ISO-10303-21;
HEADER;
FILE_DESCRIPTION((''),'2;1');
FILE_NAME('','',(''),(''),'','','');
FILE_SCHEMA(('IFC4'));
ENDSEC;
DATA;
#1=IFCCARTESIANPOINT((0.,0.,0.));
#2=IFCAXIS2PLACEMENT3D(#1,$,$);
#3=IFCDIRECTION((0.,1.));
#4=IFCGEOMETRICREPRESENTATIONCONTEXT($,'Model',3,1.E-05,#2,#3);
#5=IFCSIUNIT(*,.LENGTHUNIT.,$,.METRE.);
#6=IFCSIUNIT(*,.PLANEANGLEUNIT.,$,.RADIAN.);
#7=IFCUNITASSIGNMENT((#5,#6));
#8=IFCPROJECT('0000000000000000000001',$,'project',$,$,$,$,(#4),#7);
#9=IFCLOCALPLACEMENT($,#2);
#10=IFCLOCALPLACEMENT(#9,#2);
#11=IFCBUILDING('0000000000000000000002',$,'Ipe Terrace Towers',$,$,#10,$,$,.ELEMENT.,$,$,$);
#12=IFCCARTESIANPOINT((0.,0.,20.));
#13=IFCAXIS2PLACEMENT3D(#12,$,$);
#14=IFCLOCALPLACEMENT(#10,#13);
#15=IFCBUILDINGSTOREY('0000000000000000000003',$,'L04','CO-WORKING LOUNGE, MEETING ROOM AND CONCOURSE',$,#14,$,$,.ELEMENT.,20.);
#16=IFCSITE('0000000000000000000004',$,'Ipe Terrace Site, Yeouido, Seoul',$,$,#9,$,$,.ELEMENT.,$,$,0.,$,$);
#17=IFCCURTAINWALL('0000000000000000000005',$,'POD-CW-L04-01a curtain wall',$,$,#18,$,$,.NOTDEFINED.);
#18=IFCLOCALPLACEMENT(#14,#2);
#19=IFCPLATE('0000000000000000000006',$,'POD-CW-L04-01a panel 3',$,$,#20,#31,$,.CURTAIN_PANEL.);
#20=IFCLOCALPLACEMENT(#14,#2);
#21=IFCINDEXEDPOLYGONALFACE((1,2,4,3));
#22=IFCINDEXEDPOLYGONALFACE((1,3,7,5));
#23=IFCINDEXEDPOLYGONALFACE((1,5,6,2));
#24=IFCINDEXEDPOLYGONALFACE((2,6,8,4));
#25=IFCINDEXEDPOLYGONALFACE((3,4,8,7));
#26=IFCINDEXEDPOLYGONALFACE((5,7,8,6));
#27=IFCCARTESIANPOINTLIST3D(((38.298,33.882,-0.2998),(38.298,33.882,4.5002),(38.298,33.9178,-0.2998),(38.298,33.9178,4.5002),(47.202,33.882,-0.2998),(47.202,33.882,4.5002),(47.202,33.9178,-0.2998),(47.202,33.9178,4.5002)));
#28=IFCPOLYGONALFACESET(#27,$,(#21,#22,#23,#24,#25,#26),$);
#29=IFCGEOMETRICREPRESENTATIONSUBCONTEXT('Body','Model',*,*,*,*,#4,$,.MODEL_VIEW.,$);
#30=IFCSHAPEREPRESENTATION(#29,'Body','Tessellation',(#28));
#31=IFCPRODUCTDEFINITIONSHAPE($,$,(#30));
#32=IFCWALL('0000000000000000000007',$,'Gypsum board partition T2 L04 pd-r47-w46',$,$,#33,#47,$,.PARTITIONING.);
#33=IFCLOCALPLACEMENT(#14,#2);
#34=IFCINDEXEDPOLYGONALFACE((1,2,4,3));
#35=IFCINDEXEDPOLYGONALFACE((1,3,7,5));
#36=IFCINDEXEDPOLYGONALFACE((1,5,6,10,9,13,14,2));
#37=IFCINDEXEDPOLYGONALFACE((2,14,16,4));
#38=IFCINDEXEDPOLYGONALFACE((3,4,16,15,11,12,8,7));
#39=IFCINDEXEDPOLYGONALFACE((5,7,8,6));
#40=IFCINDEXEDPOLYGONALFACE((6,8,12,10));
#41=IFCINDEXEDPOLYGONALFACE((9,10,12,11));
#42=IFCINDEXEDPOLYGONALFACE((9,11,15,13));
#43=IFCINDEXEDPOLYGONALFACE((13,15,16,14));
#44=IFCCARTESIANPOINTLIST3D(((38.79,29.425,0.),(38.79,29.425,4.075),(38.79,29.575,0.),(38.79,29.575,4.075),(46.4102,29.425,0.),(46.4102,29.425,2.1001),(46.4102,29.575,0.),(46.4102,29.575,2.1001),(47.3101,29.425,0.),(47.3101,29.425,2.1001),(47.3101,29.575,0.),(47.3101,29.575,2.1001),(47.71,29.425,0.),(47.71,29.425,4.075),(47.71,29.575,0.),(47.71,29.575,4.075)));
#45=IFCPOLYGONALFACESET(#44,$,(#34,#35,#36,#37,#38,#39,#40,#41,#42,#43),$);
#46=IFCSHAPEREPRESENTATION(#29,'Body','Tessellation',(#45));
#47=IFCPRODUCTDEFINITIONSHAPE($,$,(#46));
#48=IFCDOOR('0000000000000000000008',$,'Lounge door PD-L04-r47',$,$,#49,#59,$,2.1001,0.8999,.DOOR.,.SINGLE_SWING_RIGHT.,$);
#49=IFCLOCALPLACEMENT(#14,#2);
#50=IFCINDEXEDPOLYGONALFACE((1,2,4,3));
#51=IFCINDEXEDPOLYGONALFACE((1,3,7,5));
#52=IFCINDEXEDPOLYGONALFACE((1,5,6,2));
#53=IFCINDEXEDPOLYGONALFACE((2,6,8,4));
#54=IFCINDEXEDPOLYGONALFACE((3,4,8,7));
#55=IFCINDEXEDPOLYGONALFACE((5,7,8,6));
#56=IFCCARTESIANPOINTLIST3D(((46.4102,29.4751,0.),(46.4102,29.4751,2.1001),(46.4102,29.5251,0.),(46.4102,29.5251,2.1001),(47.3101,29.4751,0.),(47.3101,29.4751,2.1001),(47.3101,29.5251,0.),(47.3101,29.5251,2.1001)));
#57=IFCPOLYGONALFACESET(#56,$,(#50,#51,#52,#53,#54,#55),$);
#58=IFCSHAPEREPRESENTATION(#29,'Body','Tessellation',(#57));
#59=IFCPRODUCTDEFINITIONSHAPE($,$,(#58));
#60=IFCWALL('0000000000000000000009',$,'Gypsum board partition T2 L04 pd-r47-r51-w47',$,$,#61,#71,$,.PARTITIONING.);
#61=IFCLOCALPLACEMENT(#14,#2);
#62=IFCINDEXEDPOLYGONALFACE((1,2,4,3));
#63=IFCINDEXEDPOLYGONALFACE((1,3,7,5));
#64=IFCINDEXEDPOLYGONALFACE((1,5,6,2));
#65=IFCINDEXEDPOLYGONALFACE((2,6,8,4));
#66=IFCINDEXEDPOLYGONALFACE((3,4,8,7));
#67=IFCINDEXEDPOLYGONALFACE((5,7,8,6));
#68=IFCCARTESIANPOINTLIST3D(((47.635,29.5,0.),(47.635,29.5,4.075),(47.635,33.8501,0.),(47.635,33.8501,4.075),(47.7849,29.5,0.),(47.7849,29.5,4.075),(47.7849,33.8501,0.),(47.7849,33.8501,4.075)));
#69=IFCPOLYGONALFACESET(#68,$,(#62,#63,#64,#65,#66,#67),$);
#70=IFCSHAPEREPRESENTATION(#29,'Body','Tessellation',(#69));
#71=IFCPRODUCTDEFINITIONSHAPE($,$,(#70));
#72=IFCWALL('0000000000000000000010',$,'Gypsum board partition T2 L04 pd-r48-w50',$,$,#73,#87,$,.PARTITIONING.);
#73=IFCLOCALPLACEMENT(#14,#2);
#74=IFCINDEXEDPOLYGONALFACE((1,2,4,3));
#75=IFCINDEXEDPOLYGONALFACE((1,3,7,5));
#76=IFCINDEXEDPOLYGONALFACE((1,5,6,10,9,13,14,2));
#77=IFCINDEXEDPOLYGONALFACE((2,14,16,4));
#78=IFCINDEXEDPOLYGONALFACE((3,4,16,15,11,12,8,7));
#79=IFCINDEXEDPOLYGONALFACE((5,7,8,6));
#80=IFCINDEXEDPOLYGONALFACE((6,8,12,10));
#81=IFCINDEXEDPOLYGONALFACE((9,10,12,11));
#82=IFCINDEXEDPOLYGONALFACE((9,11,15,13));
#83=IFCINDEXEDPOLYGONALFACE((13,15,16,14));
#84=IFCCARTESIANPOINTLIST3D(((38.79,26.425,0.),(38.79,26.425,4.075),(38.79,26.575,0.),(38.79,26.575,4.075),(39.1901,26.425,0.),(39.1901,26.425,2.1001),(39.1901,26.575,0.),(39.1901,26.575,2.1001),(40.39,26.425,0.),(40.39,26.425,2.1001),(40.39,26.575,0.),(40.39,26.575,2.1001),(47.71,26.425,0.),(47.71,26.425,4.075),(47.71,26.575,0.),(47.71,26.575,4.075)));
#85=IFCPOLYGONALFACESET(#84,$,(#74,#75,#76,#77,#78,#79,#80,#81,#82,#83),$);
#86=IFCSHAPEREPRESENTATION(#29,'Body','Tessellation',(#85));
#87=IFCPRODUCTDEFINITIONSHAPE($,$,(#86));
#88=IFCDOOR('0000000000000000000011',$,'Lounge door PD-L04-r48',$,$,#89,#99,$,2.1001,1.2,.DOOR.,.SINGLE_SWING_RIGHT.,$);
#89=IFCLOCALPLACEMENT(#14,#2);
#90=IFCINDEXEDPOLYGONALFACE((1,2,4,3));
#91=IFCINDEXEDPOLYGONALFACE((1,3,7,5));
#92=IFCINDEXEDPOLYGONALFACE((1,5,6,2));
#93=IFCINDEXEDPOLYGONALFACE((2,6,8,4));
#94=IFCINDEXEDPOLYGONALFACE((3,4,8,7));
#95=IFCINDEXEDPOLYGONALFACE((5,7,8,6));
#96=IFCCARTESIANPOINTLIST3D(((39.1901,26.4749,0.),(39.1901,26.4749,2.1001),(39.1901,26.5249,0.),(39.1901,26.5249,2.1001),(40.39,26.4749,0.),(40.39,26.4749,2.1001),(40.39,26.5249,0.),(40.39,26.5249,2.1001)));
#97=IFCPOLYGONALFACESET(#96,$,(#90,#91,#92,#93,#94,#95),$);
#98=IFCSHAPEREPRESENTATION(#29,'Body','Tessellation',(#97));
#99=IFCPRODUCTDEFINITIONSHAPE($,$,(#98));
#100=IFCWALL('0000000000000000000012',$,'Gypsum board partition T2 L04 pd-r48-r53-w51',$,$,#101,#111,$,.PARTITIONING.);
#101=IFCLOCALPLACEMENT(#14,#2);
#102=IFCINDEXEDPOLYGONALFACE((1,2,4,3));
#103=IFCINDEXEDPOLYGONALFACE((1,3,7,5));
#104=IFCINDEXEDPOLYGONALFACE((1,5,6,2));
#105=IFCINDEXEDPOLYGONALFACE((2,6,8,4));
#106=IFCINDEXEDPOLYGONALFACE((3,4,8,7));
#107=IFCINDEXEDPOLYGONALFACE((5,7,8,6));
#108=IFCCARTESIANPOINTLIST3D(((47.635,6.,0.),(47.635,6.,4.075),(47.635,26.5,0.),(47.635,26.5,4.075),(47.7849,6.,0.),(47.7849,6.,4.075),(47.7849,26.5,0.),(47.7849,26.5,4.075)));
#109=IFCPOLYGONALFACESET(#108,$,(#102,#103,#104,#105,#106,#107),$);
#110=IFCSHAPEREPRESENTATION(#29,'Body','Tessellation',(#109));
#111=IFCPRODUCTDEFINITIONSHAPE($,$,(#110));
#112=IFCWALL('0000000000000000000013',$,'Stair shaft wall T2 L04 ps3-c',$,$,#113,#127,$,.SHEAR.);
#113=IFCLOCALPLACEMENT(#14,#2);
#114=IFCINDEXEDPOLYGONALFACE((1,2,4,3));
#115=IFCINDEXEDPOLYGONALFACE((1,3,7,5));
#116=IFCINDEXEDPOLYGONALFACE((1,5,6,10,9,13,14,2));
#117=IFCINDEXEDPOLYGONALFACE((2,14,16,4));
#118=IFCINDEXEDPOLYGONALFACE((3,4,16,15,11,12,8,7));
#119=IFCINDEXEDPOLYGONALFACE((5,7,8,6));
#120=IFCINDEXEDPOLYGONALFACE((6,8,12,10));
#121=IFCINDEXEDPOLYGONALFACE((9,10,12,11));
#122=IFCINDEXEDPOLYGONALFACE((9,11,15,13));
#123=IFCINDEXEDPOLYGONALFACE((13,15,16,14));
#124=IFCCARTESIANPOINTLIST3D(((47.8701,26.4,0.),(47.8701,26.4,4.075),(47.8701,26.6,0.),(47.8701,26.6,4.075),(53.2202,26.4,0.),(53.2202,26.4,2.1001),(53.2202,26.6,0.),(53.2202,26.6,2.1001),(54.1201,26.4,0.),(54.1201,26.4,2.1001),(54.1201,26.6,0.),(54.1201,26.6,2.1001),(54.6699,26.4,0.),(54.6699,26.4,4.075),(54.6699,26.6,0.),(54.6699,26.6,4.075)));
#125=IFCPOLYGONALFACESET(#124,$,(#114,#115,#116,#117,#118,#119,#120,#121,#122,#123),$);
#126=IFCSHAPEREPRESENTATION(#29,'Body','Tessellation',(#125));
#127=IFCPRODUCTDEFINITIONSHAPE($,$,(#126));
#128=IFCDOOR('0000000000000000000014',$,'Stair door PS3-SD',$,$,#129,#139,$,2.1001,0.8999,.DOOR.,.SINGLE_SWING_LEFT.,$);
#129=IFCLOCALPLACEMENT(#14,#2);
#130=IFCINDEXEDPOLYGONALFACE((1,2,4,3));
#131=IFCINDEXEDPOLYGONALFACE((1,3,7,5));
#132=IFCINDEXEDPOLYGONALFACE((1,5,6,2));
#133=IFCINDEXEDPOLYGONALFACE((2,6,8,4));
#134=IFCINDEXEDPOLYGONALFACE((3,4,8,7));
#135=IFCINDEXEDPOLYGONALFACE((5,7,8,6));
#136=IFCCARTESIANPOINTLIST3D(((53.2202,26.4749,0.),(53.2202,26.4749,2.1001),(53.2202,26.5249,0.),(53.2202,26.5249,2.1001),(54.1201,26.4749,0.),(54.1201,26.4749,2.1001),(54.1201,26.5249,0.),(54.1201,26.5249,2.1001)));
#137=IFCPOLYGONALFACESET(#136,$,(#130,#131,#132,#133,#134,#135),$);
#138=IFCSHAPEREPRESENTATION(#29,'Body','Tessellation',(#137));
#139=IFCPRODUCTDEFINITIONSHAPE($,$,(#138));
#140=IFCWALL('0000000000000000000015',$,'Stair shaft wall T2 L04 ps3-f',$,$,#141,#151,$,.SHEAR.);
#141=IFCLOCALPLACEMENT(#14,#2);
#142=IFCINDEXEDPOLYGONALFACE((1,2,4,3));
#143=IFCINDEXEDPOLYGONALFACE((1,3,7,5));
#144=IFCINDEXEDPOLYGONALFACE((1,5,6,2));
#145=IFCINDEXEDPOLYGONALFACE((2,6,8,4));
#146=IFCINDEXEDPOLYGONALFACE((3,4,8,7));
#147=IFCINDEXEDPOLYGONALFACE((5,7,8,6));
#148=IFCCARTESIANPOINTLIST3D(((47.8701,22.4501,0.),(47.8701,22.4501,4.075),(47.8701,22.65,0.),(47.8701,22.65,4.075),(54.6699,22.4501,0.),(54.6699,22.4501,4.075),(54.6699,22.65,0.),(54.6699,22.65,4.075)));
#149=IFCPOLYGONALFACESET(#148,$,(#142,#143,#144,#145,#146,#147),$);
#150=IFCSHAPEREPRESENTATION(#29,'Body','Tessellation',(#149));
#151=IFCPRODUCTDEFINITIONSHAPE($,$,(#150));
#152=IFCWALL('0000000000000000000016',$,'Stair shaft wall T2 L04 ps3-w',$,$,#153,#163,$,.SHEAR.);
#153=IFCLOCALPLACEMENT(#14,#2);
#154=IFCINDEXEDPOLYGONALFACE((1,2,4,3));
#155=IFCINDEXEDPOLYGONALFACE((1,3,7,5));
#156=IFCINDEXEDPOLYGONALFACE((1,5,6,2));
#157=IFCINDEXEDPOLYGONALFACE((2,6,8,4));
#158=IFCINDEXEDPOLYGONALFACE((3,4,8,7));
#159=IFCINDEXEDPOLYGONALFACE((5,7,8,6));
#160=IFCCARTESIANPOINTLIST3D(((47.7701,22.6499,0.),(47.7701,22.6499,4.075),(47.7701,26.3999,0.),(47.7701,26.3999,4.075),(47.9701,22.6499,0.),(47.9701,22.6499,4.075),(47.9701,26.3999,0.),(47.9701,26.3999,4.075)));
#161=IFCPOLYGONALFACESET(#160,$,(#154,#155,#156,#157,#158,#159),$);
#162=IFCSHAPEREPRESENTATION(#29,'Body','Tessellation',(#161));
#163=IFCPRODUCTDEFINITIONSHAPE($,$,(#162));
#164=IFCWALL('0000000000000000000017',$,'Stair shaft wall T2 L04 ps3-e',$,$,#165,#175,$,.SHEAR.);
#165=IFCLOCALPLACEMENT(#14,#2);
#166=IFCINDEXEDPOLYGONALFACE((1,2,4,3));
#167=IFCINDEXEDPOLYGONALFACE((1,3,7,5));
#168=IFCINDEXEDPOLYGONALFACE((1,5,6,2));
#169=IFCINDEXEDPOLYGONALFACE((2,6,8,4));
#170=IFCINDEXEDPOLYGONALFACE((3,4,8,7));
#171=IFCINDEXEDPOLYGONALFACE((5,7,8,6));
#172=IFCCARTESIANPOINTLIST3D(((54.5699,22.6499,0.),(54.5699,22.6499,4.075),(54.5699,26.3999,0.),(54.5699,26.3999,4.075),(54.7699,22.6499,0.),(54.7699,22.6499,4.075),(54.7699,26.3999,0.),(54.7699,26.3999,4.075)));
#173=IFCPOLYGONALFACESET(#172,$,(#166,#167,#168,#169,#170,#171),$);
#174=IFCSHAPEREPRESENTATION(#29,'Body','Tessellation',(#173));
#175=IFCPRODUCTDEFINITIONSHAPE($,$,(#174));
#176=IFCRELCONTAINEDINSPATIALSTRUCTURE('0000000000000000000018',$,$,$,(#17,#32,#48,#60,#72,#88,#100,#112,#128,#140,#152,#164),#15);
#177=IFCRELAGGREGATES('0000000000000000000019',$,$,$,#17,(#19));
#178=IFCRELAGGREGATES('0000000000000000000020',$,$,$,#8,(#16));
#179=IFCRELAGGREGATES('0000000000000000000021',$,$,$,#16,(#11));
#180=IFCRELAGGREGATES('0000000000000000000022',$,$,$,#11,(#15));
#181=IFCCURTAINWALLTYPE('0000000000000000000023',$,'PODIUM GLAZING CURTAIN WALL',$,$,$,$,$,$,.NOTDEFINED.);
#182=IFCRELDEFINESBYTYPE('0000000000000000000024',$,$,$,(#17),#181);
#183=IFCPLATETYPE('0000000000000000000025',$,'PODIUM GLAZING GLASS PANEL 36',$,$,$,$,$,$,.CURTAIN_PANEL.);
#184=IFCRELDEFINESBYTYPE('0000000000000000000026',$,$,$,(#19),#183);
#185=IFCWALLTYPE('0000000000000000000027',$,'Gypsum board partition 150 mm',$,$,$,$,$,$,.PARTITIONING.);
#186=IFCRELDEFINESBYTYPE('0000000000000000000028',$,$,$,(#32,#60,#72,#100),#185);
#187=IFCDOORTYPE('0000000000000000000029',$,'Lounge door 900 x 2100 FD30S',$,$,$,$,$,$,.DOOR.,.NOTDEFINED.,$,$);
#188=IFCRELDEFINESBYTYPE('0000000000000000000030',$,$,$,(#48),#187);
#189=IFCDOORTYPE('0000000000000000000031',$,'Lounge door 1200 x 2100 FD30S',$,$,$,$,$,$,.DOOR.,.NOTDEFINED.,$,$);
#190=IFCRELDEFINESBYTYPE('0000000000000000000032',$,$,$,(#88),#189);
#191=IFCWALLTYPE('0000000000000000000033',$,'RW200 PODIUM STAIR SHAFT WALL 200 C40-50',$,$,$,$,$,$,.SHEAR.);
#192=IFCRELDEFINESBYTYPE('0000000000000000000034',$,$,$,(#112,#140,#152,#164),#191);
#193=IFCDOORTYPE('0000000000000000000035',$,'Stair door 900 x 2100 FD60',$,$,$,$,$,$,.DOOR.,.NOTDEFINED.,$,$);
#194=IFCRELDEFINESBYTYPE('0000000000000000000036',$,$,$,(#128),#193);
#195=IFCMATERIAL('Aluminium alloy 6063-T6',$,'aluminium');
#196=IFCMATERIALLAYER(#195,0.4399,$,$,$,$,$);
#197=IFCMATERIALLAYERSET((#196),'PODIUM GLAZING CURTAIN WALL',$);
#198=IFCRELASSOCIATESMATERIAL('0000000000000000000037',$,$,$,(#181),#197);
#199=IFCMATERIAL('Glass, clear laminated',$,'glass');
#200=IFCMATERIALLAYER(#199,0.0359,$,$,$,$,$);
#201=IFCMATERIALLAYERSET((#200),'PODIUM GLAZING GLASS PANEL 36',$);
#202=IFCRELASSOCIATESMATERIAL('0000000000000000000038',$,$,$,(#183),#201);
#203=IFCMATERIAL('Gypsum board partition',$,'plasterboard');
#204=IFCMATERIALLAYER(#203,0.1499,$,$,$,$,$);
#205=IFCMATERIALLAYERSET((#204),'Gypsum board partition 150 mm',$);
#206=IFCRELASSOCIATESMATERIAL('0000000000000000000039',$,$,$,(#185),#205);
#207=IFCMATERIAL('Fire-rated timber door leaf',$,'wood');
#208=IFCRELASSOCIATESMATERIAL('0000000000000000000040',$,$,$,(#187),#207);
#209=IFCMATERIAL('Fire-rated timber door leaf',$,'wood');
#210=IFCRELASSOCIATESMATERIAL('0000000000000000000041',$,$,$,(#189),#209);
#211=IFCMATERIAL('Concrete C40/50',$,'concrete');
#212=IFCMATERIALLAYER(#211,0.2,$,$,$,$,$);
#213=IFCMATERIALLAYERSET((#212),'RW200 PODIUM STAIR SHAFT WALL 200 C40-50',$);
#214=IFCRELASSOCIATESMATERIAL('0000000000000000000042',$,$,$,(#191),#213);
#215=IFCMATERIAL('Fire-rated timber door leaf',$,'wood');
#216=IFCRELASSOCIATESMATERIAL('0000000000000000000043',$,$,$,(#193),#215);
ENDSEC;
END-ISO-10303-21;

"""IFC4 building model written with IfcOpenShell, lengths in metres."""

from ifc_helpers import new_model, si_unit, direction, frame, frame_2d, origin, origin_2d, place, context, subcontext, project, spatial, rectangle, extrude, material, layer, layer_set, type_object, element, fill, aggregate, save


model = new_model("IFC4")

# Units and contexts
model_context = context("Model", 3, precision=1e-05, world=origin(), true_north=direction((0.0, 1.0)))
body_context = subcontext(model_context, "Body", "Model", "MODEL_VIEW")
ifc_project = project(units=[si_unit("LENGTHUNIT", "METRE"), si_unit("PLANEANGLEUNIT", "RADIAN")], contexts=[model_context])

# Site, building, storey
site_placement = place(None, origin())
site = spatial("IfcSite", under=ifc_project, at=site_placement, Name="Ipe Terrace Site, Yeouido, Seoul", CompositionType="ELEMENT", RefElevation=0.0)
building_placement = place(site_placement, origin())
building = spatial("IfcBuilding", under=site, at=building_placement, Name="Ipe Terrace Towers", CompositionType="ELEMENT")
storey_placement = place(building_placement, frame((0.0, 0.0, 20.0)))
storey = spatial("IfcBuildingStorey", under=building, at=storey_placement, Name="L04", Description="CO-WORKING LOUNGE, MEETING ROOM AND CONCOURSE", CompositionType="ELEMENT", Elevation=20.0)

# Curtain wall, plate
ifc_material_1 = material(Name="Aluminium alloy 6063-T6", Category="aluminium")
ifc_layer_1 = layer(ifc_material_1, 0.4399)
ifc_layer_set_1 = layer_set([ifc_layer_1], Name="PODIUM GLAZING CURTAIN WALL")
curtain_wall_type = type_object("IfcCurtainWallType", Name="PODIUM GLAZING CURTAIN WALL", PredefinedType="NOTDEFINED", material=ifc_layer_set_1)
curtain_wall_placement = place(storey_placement, origin())
curtain_wall = element("IfcCurtainWall", 1, at=curtain_wall_placement, inside=storey, type_object=curtain_wall_type, Name="POD-CW-L04-01a curtain wall", PredefinedType="NOTDEFINED")
ifc_material_2 = material(Name="Glass, clear laminated", Category="glass")
ifc_layer_2 = layer(ifc_material_2, 0.0359)
ifc_layer_set_2 = layer_set([ifc_layer_2], Name="PODIUM GLAZING GLASS PANEL 36")
plate_type = type_object("IfcPlateType", Name="PODIUM GLAZING GLASS PANEL 36", PredefinedType="CURTAIN_PANEL", material=ifc_layer_set_2)
plate_1_placement = place(storey_placement, frame((42.75, 33.8999, -0.2998), z_axis=(0.0, 0.0, 1.0), x_axis=(-1.0, 0.0, 0.0)))
plate_1 = element("IfcPlate", 2, at=plate_1_placement, type_object=plate_type, Name="POD-CW-L04-01a panel 3", PredefinedType="CURTAIN_PANEL", context=body_context, shape_type="SweptSolid", body=[
    extrude(rectangle(XDim=8.9041, YDim=0.0359, at=origin_2d()), origin(), (0.0, 0.0, 1.0), 4.8),
])
aggregate(curtain_wall, [plate_1])

# Wall, opening, door
ifc_material_3 = material(Name="Gypsum board partition", Category="plasterboard")
ifc_layer_3 = layer(ifc_material_3, 0.1499)
ifc_layer_set_3 = layer_set([ifc_layer_3], Name="Gypsum board partition 150 mm")
wall_type_1 = type_object("IfcWallType", Name="Gypsum board partition 150 mm", PredefinedType="PARTITIONING", material=ifc_layer_set_3)
wall_1_placement = place(storey_placement, frame((47.71, 29.5, 0.0), z_axis=(0.0, 0.0, 1.0), x_axis=(-1.0, 0.0, 0.0)))
wall_1 = element("IfcWall", 3, at=wall_1_placement, inside=storey, type_object=wall_type_1, Name="Gypsum board partition T2 L04 pd-r47-w46", PredefinedType="PARTITIONING", context=body_context, shape_type="SweptSolid", body=[
    extrude(rectangle(XDim=8.9199, YDim=0.1499, at=frame_2d((4.46, 0.0))), origin(), (0.0, 0.0, 1.0), 4.075),
])
opening_1_placement = place(wall_1_placement, frame((0.3999, 0.0, 0.0)))
opening_1 = element("IfcOpeningElement", 4, at=opening_1_placement, cuts=wall_1, PredefinedType="OPENING", context=body_context, shape_type="SweptSolid", body=[
    extrude(rectangle(XDim=0.8999, YDim=2.1001, at=frame_2d((0.45, 1.05))), frame((0.0, 0.085, 0.0), z_axis=(0.0, -1.0, 0.0), x_axis=(1.0, 0.0, 0.0)), (0.0, 0.0, 1.0), 0.1699),
])
ifc_material_4 = material(Name="Fire-rated timber door leaf", Category="wood")
door_type_1 = type_object("IfcDoorType", Name="Lounge door 900 x 2100 FD30S", OperationType="NOTDEFINED", PredefinedType="DOOR", material=ifc_material_4)
door_1_placement = place(opening_1_placement, origin())
door_1 = element("IfcDoor", 5, at=door_1_placement, inside=storey, type_object=door_type_1, Name="Lounge door PD-L04-r47", OperationType="SINGLE_SWING_RIGHT", OverallHeight=2.1001, OverallWidth=0.8999, PredefinedType="DOOR", context=body_context, shape_type="SweptSolid", body=[
    extrude(rectangle(XDim=0.8999, YDim=2.1001, at=frame_2d((0.45, 1.05))), frame((0.0, 0.0249, 0.0), z_axis=(0.0, -1.0, 0.0), x_axis=(1.0, 0.0, 0.0)), (0.0, 0.0, 1.0), 0.05),
])
fill(opening_1, door_1)

# Wall
wall_2_placement = place(storey_placement, frame((47.71, 33.8501, 0.0), z_axis=(0.0, 0.0, 1.0), x_axis=(0.0, -1.0, 0.0)))
element("IfcWall", 6, at=wall_2_placement, inside=storey, type_object=wall_type_1, Name="Gypsum board partition T2 L04 pd-r47-r51-w47", PredefinedType="PARTITIONING", context=body_context, shape_type="SweptSolid", body=[
    extrude(rectangle(XDim=4.3501, YDim=0.1499, at=frame_2d((2.175, 0.0))), origin(), (0.0, 0.0, 1.0), 4.075),
])

# Wall, opening, door
wall_3_placement = place(storey_placement, frame((38.79, 26.5, 0.0), z_axis=(0.0, 0.0, 1.0), x_axis=(1.0, 0.0, 0.0)))
wall_3 = element("IfcWall", 7, at=wall_3_placement, inside=storey, type_object=wall_type_1, Name="Gypsum board partition T2 L04 pd-r48-w50", PredefinedType="PARTITIONING", context=body_context, shape_type="SweptSolid", body=[
    extrude(rectangle(XDim=8.9199, YDim=0.1499, at=frame_2d((4.46, 0.0))), origin(), (0.0, 0.0, 1.0), 4.075),
])
opening_2_placement = place(wall_3_placement, frame((0.3999, 0.0, 0.0)))
opening_2 = element("IfcOpeningElement", 8, at=opening_2_placement, cuts=wall_3, PredefinedType="OPENING", context=body_context, shape_type="SweptSolid", body=[
    extrude(rectangle(XDim=1.2, YDim=2.1001, at=frame_2d((0.6001, 1.05))), frame((0.0, 0.085, 0.0), z_axis=(0.0, -1.0, 0.0), x_axis=(1.0, 0.0, 0.0)), (0.0, 0.0, 1.0), 0.1699),
])
ifc_material_5 = material(Name="Fire-rated timber door leaf", Category="wood")
door_type_2 = type_object("IfcDoorType", Name="Lounge door 1200 x 2100 FD30S", OperationType="NOTDEFINED", PredefinedType="DOOR", material=ifc_material_5)
door_2_placement = place(opening_2_placement, origin())
door_2 = element("IfcDoor", 9, at=door_2_placement, inside=storey, type_object=door_type_2, Name="Lounge door PD-L04-r48", OperationType="SINGLE_SWING_RIGHT", OverallHeight=2.1001, OverallWidth=1.2, PredefinedType="DOOR", context=body_context, shape_type="SweptSolid", body=[
    extrude(rectangle(XDim=1.2, YDim=2.1001, at=frame_2d((0.6001, 1.05))), frame((0.0, 0.0249, 0.0), z_axis=(0.0, -1.0, 0.0), x_axis=(1.0, 0.0, 0.0)), (0.0, 0.0, 1.0), 0.05),
])
fill(opening_2, door_2)

# Wall
wall_4_placement = place(storey_placement, frame((47.71, 26.5, 0.0), z_axis=(0.0, 0.0, 1.0), x_axis=(0.0, -1.0, 0.0)))
element("IfcWall", 10, at=wall_4_placement, inside=storey, type_object=wall_type_1, Name="Gypsum board partition T2 L04 pd-r48-r53-w51", PredefinedType="PARTITIONING", context=body_context, shape_type="SweptSolid", body=[
    extrude(rectangle(XDim=20.5, YDim=0.1499, at=frame_2d((10.25, 0.0))), origin(), (0.0, 0.0, 1.0), 4.075),
])

# Wall, opening, door
ifc_material_6 = material(Name="Concrete C40/50", Category="concrete")
ifc_layer_4 = layer(ifc_material_6, 0.2)
ifc_layer_set_4 = layer_set([ifc_layer_4], Name="RW200 PODIUM STAIR SHAFT WALL 200 C40-50")
wall_type_2 = type_object("IfcWallType", Name="RW200 PODIUM STAIR SHAFT WALL 200 C40-50", PredefinedType="SHEAR", material=ifc_layer_set_4)
wall_5_placement = place(storey_placement, frame((47.8701, 26.5, 0.0), z_axis=(0.0, 0.0, 1.0), x_axis=(1.0, 0.0, 0.0)))
wall_5 = element("IfcWall", 11, at=wall_5_placement, inside=storey, type_object=wall_type_2, Name="Stair shaft wall T2 L04 ps3-c", PredefinedType="SHEAR", context=body_context, shape_type="SweptSolid", body=[
    extrude(rectangle(XDim=6.7998, YDim=0.2, at=frame_2d((3.3999, 0.0))), origin(), (0.0, 0.0, 1.0), 4.075),
])
opening_3_placement = place(wall_5_placement, frame((5.3501, 0.0, 0.0)))
opening_3 = element("IfcOpeningElement", 12, at=opening_3_placement, cuts=wall_5, PredefinedType="OPENING", context=body_context, shape_type="SweptSolid", body=[
    extrude(rectangle(XDim=0.8999, YDim=2.1001, at=frame_2d((0.45, 1.05))), frame((0.0, 0.1099, 0.0), z_axis=(0.0, -1.0, 0.0), x_axis=(1.0, 0.0, 0.0)), (0.0, 0.0, 1.0), 0.22),
])
ifc_material_7 = material(Name="Fire-rated timber door leaf", Category="wood")
door_type_3 = type_object("IfcDoorType", Name="Stair door 900 x 2100 FD60", OperationType="NOTDEFINED", PredefinedType="DOOR", material=ifc_material_7)
door_3_placement = place(opening_3_placement, origin())
door_3 = element("IfcDoor", 13, at=door_3_placement, inside=storey, type_object=door_type_3, Name="Stair door PS3-SD", OperationType="SINGLE_SWING_LEFT", OverallHeight=2.1001, OverallWidth=0.8999, PredefinedType="DOOR", context=body_context, shape_type="SweptSolid", body=[
    extrude(rectangle(XDim=0.8999, YDim=2.1001, at=frame_2d((0.45, 1.05))), frame((0.0, 0.0249, 0.0), z_axis=(0.0, -1.0, 0.0), x_axis=(1.0, 0.0, 0.0)), (0.0, 0.0, 1.0), 0.05),
])
fill(opening_3, door_3)

# Walls
wall_6_placement = place(storey_placement, frame((47.8701, 22.55, 0.0), z_axis=(0.0, 0.0, 1.0), x_axis=(1.0, 0.0, 0.0)))
element("IfcWall", 14, at=wall_6_placement, inside=storey, type_object=wall_type_2, Name="Stair shaft wall T2 L04 ps3-f", PredefinedType="SHEAR", context=body_context, shape_type="SweptSolid", body=[
    extrude(rectangle(XDim=6.7998, YDim=0.2, at=frame_2d((3.3999, 0.0))), origin(), (0.0, 0.0, 1.0), 4.075),
])
for number, where, z_axis, x_axis, name in (
    (15, (47.8701, 22.6499, 0.0), (0.0, 0.0, 1.0), (0.0, 1.0, 0.0), "Stair shaft wall T2 L04 ps3-w"),
    (16, (54.6699, 22.6499, 0.0), (0.0, 0.0, 1.0), (0.0, 1.0, 0.0), "Stair shaft wall T2 L04 ps3-e"),
):
    element("IfcWall", number, at=place(storey_placement, frame(where, z_axis=z_axis, x_axis=x_axis)), inside=storey, type_object=wall_type_2, Name=name, PredefinedType="SHEAR", context=body_context, shape_type="SweptSolid", body=[
        extrude(rectangle(XDim=3.75, YDim=0.2, at=frame_2d((1.875, 0.0))), origin(), (0.0, 0.0, 1.0), 4.075),
    ])

save(model, "model.ifc")
